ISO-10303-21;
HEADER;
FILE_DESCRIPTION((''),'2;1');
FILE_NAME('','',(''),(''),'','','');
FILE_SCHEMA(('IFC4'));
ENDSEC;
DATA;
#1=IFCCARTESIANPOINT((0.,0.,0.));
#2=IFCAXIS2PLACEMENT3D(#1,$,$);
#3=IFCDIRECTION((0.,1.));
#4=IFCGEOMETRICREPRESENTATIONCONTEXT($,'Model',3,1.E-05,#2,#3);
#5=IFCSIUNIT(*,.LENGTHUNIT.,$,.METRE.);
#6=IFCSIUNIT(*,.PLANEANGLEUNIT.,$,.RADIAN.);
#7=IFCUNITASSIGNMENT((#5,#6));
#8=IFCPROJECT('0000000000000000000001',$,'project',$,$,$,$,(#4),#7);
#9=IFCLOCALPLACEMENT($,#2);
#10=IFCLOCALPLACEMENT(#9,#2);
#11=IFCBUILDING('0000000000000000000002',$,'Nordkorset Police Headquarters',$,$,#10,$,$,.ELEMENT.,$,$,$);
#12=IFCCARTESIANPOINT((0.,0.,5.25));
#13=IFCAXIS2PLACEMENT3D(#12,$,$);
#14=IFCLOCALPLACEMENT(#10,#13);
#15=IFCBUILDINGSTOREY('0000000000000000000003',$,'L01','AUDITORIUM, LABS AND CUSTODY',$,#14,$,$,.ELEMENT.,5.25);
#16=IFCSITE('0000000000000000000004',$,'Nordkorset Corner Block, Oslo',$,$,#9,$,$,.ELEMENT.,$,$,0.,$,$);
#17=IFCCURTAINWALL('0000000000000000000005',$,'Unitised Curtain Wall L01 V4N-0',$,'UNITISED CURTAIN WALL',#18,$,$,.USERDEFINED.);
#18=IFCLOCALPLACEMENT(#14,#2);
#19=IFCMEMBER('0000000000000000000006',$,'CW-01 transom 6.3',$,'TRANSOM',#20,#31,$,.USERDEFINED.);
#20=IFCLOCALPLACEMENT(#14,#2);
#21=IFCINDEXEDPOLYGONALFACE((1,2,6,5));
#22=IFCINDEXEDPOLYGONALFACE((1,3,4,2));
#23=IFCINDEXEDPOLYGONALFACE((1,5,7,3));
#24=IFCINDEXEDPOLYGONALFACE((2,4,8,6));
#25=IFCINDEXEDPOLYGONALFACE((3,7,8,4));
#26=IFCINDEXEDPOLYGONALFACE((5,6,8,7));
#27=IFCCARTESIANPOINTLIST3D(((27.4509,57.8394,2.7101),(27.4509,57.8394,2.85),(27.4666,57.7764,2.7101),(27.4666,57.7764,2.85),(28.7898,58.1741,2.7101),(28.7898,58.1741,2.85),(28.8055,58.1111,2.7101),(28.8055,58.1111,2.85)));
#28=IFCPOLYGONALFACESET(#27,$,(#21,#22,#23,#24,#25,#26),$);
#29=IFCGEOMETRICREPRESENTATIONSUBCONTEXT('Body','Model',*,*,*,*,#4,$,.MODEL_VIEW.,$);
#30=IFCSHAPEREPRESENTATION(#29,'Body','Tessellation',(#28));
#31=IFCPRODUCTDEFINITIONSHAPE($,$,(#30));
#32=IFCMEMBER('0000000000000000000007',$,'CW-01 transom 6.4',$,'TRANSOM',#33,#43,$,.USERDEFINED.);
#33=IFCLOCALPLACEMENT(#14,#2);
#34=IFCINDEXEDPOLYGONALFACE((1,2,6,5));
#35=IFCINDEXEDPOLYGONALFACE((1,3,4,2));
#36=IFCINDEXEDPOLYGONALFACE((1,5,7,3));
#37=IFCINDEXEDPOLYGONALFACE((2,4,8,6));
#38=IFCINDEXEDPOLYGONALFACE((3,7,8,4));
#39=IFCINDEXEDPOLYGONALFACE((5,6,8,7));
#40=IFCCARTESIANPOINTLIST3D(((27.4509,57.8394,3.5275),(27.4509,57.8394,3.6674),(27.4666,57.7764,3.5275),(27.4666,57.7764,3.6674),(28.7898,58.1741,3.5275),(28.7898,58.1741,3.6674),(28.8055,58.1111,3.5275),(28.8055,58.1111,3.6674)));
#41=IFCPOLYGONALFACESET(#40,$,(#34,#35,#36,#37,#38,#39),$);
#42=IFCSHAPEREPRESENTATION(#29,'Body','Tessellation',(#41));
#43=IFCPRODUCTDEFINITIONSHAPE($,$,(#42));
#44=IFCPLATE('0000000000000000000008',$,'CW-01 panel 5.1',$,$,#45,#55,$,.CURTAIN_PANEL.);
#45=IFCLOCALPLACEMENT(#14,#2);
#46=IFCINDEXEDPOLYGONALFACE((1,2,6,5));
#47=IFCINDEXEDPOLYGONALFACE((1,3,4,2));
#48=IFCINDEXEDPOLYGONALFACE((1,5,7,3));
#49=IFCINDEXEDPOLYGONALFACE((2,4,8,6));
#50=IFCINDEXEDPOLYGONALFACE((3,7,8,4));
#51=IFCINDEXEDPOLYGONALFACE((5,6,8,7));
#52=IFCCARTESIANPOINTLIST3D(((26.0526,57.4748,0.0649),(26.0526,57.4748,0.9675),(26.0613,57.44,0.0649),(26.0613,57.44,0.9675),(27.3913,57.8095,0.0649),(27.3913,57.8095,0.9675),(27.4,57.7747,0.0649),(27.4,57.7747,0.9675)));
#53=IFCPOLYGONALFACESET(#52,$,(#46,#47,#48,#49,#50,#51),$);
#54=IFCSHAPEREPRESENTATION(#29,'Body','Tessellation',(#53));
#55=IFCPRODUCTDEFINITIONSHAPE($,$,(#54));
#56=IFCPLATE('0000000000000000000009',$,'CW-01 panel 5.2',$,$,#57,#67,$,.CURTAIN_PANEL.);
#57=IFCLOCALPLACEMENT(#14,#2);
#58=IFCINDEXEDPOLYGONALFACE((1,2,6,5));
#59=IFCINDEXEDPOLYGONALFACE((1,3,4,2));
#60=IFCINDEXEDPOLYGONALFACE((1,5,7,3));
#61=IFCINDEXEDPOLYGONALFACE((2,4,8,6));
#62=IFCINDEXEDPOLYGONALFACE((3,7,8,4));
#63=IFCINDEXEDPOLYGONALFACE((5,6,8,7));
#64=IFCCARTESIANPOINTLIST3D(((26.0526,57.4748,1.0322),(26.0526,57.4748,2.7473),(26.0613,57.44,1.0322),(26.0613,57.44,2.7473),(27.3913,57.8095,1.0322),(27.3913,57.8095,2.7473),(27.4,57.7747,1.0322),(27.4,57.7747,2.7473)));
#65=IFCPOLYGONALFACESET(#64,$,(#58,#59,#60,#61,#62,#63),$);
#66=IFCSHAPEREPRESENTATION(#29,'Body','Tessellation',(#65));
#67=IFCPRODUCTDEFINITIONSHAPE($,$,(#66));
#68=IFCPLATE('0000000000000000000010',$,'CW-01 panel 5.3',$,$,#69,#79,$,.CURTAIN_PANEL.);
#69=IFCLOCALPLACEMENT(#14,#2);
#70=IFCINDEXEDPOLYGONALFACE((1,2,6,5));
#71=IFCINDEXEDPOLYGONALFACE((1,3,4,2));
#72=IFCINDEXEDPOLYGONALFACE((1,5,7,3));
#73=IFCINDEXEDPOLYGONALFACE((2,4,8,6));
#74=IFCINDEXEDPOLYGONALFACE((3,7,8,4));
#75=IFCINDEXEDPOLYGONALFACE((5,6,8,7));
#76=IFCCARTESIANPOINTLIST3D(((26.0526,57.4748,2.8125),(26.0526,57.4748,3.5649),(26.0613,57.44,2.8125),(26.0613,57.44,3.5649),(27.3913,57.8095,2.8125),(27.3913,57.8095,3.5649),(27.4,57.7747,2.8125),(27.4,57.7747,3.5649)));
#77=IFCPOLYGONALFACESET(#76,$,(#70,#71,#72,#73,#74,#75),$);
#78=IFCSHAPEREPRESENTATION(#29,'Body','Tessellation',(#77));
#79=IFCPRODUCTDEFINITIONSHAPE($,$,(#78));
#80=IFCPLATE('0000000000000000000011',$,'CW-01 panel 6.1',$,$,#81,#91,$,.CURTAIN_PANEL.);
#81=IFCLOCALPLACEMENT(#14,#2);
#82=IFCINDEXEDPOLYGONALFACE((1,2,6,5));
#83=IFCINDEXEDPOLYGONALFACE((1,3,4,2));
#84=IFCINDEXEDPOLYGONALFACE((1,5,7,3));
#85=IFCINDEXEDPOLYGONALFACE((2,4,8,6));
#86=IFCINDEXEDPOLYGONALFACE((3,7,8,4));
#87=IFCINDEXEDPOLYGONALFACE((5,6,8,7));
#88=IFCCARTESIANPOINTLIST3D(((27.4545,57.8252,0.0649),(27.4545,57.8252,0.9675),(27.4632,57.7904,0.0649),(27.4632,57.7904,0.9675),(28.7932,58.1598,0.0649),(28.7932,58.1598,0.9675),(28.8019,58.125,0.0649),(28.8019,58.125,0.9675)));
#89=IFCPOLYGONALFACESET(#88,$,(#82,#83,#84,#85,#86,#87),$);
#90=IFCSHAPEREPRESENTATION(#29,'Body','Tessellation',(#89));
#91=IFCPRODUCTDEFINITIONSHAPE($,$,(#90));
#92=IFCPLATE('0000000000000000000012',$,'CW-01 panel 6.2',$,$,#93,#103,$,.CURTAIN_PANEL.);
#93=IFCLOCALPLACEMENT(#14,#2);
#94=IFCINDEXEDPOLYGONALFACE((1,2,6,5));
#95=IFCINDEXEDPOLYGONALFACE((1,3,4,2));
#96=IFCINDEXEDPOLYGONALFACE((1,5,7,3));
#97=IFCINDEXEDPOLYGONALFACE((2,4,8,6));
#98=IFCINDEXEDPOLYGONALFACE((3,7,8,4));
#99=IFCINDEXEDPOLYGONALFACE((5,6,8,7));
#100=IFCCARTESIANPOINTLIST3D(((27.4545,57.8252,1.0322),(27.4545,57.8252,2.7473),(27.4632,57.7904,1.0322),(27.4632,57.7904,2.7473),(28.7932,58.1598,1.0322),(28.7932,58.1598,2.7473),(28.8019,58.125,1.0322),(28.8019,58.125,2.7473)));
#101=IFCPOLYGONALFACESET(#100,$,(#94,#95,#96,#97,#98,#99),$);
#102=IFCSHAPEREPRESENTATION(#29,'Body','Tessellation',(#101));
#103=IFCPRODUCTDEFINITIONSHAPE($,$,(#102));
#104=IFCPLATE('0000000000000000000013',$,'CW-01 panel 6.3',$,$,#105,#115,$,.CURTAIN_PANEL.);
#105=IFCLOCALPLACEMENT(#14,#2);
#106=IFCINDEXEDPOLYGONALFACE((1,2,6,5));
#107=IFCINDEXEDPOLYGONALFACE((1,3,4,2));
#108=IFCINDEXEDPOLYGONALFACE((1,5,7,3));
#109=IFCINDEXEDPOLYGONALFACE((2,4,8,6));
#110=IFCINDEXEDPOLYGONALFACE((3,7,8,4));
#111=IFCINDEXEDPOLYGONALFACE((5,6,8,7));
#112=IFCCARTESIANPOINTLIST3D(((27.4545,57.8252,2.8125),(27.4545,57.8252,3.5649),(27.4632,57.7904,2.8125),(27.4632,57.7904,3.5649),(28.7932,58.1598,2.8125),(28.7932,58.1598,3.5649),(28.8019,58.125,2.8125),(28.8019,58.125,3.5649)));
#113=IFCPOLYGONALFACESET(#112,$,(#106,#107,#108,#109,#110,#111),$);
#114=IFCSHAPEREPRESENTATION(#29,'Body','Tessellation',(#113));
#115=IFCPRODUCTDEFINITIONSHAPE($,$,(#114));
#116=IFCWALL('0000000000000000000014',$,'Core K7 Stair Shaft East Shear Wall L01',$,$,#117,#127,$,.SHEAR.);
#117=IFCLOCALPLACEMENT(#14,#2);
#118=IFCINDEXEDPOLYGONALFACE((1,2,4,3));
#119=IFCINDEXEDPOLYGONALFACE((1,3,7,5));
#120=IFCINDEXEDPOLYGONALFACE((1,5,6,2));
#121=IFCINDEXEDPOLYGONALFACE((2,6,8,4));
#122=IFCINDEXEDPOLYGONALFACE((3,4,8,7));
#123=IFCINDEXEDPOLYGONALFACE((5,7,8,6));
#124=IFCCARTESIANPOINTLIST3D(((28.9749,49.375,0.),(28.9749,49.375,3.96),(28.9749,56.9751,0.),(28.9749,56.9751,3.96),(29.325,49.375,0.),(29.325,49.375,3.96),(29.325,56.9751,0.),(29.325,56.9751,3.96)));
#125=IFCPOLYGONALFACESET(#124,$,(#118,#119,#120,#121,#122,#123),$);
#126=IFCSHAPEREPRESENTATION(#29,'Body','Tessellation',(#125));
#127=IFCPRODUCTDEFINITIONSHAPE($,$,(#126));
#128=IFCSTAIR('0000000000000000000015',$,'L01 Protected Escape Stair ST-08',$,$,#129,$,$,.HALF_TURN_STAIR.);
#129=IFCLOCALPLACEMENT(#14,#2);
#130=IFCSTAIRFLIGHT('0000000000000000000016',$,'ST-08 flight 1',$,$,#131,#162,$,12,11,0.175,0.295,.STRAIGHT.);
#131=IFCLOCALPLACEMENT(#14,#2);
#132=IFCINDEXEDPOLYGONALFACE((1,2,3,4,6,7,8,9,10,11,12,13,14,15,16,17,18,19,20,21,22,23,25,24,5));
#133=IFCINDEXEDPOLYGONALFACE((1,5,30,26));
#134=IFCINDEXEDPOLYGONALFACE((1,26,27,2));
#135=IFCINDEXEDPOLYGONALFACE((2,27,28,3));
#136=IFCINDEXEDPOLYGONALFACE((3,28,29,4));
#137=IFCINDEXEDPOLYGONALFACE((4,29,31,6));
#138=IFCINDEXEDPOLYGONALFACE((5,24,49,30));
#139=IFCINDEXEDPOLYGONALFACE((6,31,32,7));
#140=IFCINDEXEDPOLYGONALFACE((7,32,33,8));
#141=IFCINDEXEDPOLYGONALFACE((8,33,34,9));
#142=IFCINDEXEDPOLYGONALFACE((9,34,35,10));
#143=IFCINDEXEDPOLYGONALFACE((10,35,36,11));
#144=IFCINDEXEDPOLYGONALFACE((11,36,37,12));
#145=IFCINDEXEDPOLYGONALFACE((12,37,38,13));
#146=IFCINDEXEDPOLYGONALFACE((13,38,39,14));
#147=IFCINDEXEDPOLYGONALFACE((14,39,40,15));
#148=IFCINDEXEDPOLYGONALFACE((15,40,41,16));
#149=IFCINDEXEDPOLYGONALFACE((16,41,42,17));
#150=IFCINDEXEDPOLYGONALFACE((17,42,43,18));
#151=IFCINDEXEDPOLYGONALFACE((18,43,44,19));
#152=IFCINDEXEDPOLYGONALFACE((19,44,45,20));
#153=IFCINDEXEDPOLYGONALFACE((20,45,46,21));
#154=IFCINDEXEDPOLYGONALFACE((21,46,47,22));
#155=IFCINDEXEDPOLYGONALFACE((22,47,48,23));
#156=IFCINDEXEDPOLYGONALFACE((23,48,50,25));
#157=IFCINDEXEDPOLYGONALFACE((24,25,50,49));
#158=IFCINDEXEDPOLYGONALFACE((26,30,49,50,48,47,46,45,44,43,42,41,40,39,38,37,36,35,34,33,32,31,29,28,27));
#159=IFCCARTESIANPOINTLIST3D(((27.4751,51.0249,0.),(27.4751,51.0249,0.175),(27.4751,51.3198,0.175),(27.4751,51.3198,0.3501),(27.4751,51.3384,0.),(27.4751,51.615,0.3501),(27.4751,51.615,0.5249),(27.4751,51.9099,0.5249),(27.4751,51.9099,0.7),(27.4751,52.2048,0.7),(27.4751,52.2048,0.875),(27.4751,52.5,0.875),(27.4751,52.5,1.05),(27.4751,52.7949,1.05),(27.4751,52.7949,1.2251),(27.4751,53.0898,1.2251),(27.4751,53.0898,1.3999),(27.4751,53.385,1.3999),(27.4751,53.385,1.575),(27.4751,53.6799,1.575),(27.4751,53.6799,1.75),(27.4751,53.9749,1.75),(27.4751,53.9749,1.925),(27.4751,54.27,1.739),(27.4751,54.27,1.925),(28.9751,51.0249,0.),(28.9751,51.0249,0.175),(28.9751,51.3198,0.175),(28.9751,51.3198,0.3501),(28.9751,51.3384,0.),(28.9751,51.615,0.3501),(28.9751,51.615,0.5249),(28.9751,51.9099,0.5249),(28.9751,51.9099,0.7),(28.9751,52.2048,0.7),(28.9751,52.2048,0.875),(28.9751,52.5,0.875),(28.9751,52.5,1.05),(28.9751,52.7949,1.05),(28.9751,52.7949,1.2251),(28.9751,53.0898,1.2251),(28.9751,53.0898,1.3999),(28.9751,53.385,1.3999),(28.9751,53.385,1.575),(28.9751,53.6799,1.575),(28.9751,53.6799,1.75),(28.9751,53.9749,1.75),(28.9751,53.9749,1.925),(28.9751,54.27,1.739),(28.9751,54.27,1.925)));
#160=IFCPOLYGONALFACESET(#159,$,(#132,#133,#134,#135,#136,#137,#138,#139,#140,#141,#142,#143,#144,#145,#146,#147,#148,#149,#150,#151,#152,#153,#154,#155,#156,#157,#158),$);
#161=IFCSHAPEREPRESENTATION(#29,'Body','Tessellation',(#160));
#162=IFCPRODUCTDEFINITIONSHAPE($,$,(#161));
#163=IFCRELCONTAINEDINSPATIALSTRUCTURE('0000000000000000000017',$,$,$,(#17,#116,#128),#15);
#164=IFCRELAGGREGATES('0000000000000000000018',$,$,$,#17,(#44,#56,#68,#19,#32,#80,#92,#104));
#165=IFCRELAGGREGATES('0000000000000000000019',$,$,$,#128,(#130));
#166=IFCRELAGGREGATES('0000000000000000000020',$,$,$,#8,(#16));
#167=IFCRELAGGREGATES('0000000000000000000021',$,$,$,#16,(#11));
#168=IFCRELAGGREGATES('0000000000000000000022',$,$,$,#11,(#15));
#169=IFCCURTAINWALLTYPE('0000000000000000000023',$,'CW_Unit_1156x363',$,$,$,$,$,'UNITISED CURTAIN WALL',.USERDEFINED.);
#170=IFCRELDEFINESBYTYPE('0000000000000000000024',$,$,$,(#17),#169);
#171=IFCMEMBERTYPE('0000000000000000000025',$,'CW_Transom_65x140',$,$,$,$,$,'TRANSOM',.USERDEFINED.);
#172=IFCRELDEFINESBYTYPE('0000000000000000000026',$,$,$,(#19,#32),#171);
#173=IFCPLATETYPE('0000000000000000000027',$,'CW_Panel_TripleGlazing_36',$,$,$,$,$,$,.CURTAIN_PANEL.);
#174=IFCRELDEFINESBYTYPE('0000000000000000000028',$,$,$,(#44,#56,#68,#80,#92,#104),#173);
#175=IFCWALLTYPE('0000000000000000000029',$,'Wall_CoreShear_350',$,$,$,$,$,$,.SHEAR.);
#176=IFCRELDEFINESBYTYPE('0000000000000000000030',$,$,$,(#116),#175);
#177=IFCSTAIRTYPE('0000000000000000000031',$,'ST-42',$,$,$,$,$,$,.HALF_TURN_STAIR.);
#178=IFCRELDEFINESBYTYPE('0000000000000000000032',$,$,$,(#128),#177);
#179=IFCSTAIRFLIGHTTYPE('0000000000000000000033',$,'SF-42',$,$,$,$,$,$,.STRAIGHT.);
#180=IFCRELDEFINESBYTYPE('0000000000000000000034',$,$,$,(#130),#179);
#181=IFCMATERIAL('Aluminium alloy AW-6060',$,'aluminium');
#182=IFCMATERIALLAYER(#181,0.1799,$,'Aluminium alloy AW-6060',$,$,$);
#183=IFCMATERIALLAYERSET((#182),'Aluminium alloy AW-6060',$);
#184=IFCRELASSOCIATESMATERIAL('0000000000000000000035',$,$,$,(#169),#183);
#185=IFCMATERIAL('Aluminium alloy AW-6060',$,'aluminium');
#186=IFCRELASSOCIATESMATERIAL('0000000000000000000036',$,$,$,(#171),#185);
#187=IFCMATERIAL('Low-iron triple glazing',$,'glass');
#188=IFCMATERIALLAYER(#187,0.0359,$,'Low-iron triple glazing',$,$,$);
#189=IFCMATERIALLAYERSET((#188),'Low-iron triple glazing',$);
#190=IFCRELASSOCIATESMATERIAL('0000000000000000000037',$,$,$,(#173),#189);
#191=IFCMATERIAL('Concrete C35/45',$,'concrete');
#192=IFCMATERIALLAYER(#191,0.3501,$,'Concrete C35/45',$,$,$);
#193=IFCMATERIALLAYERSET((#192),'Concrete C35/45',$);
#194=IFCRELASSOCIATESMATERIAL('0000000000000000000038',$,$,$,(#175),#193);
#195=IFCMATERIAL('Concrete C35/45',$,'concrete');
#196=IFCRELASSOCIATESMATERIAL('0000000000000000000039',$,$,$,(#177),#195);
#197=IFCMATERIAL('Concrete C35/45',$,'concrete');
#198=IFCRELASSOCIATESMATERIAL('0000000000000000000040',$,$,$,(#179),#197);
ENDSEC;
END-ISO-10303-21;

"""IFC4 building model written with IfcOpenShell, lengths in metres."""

from ifc_helpers import new_model, si_unit, direction, frame, frame_2d, origin, origin_2d, place, context, subcontext, project, spatial, polyline, rectangle, outline, extrude, material, layer, layer_set, material_profile, profile_set, type_object, element, aggregate, save


model = new_model("IFC4")

# Units and contexts
model_context = context("Model", 3, precision=1e-05, world=origin(), true_north=direction((0.0, 1.0)))
body_context = subcontext(model_context, "Body", "Model", "MODEL_VIEW")
ifc_project = project(units=[si_unit("LENGTHUNIT", "METRE"), si_unit("PLANEANGLEUNIT", "RADIAN")], contexts=[model_context])

# Site, building, storey
site_placement = place(None, origin())
site = spatial("IfcSite", under=ifc_project, at=site_placement, Name="Nordkorset Corner Block, Oslo", CompositionType="ELEMENT", RefElevation=0.0)
building_placement = place(site_placement, origin())
building = spatial("IfcBuilding", under=site, at=building_placement, Name="Nordkorset Police Headquarters", CompositionType="ELEMENT")
storey_placement = place(building_placement, frame((0.0, 0.0, 5.25)))
storey = spatial("IfcBuildingStorey", under=building, at=storey_placement, Name="L01", Description="AUDITORIUM, LABS AND CUSTODY", CompositionType="ELEMENT", Elevation=5.25)

# Curtain wall, members, plates
ifc_material_1 = material(Name="Aluminium alloy AW-6060", Category="aluminium")
ifc_layer_1 = layer(ifc_material_1, 0.1799, Name="Aluminium alloy AW-6060")
ifc_layer_set_1 = layer_set([ifc_layer_1], Name="Aluminium alloy AW-6060")
curtain_wall_type = type_object("IfcCurtainWallType", Name="CW_Unit_1156x363", ElementType="UNITISED CURTAIN WALL", PredefinedType="USERDEFINED", material=ifc_layer_set_1)
curtain_wall_placement = place(storey_placement, origin())
curtain_wall = element("IfcCurtainWall", 1, at=curtain_wall_placement, inside=storey, type_object=curtain_wall_type, Name="Unitised Curtain Wall L01 V4N-0", ObjectType="UNITISED CURTAIN WALL", PredefinedType="USERDEFINED")
ifc_material_2 = material(Name="Aluminium alloy AW-6060", Category="aluminium")
ifc_material_profile_1 = material_profile(ifc_material_2, rectangle(XDim=0.0649, YDim=0.1399, at=origin_2d()), Name="ALU TRAN 65x140")
ifc_profile_set_1 = profile_set([ifc_material_profile_1], Name="Aluminium alloy AW-6060")
member_type_1 = type_object("IfcMemberType", Name="CW_Transom_65x140", ElementType="TRANSOM", PredefinedType="USERDEFINED", material=ifc_profile_set_1)
member_1_placement = place(storey_placement, frame((27.4587, 57.8079, 2.78), z_axis=(0.970143, 0.242536, 0.0), x_axis=(-0.242536, 0.970143, 0.0)))
member_1 = element("IfcMember", 2, at=member_1_placement, type_object=member_type_1, Name="CW-01 transom 6.3", ObjectType="TRANSOM", PredefinedType="USERDEFINED", context=body_context, shape_type="SweptSolid", body=[
    extrude(rectangle(XDim=0.0649, YDim=0.1399, at=origin_2d()), origin(), (0.0, 0.0, 1.0), 1.3801),
])
member_2_placement = place(storey_placement, frame((27.4587, 57.8079, 3.5974), z_axis=(0.970143, 0.242536, 0.0), x_axis=(-0.242536, 0.970143, 0.0)))
member_2 = element("IfcMember", 3, at=member_2_placement, type_object=member_type_1, Name="CW-01 transom 6.4", ObjectType="TRANSOM", PredefinedType="USERDEFINED", context=body_context, shape_type="SweptSolid", body=[
    extrude(rectangle(XDim=0.0649, YDim=0.1399, at=origin_2d()), origin(), (0.0, 0.0, 1.0), 1.3801),
])
ifc_material_3 = material(Name="Low-iron triple glazing", Category="glass")
ifc_layer_2 = layer(ifc_material_3, 0.0359, Name="Low-iron triple glazing")
ifc_layer_set_2 = layer_set([ifc_layer_2], Name="Low-iron triple glazing")
plate_type = type_object("IfcPlateType", Name="CW_Panel_TripleGlazing_36", PredefinedType="CURTAIN_PANEL", material=ifc_layer_set_2)
plate_1_placement = place(storey_placement, frame((26.7263, 57.6248, 0.0649), z_axis=(0.0, 0.0, 1.0), x_axis=(0.970142, 0.242536, 0.0)))
plate_1 = element("IfcPlate", 4, at=plate_1_placement, type_object=plate_type, Name="CW-01 panel 5.1", PredefinedType="CURTAIN_PANEL", context=body_context, shape_type="SweptSolid", body=[
    extrude(rectangle(XDim=1.3799, YDim=0.0359, at=origin_2d()), origin(), (0.0, 0.0, 1.0), 0.9026),
])
plate_2_placement = place(storey_placement, frame((26.7263, 57.6248, 1.0322), z_axis=(0.0, 0.0, 1.0), x_axis=(0.970142, 0.242536, 0.0)))
plate_2 = element("IfcPlate", 5, at=plate_2_placement, type_object=plate_type, Name="CW-01 panel 5.2", PredefinedType="CURTAIN_PANEL", context=body_context, shape_type="SweptSolid", body=[
    extrude(rectangle(XDim=1.3799, YDim=0.0359, at=origin_2d()), origin(), (0.0, 0.0, 1.0), 1.7151),
])
plate_3_placement = place(storey_placement, frame((26.7263, 57.6248, 2.8125), z_axis=(0.0, 0.0, 1.0), x_axis=(0.970142, 0.242536, 0.0)))
plate_3 = element("IfcPlate", 6, at=plate_3_placement, type_object=plate_type, Name="CW-01 panel 5.3", PredefinedType="CURTAIN_PANEL", context=body_context, shape_type="SweptSolid", body=[
    extrude(rectangle(XDim=1.3799, YDim=0.0359, at=origin_2d()), origin(), (0.0, 0.0, 1.0), 0.7524),
])
plate_4_placement = place(storey_placement, frame((28.1282, 57.9751, 0.0649), z_axis=(0.0, 0.0, 1.0), x_axis=(0.970142, 0.242536, 0.0)))
plate_4 = element("IfcPlate", 7, at=plate_4_placement, type_object=plate_type, Name="CW-01 panel 6.1", PredefinedType="CURTAIN_PANEL", context=body_context, shape_type="SweptSolid", body=[
    extrude(rectangle(XDim=1.3799, YDim=0.0359, at=origin_2d()), origin(), (0.0, 0.0, 1.0), 0.9026),
])
plate_5_placement = place(storey_placement, frame((28.1282, 57.9751, 1.0322), z_axis=(0.0, 0.0, 1.0), x_axis=(0.970142, 0.242536, 0.0)))
plate_5 = element("IfcPlate", 8, at=plate_5_placement, type_object=plate_type, Name="CW-01 panel 6.2", PredefinedType="CURTAIN_PANEL", context=body_context, shape_type="SweptSolid", body=[
    extrude(rectangle(XDim=1.3799, YDim=0.0359, at=origin_2d()), origin(), (0.0, 0.0, 1.0), 1.7151),
])
plate_6_placement = place(storey_placement, frame((28.1282, 57.9751, 2.8125), z_axis=(0.0, 0.0, 1.0), x_axis=(0.970142, 0.242536, 0.0)))
plate_6 = element("IfcPlate", 9, at=plate_6_placement, type_object=plate_type, Name="CW-01 panel 6.3", PredefinedType="CURTAIN_PANEL", context=body_context, shape_type="SweptSolid", body=[
    extrude(rectangle(XDim=1.3799, YDim=0.0359, at=origin_2d()), origin(), (0.0, 0.0, 1.0), 0.7524),
])
aggregate(curtain_wall, [plate_1, plate_2, plate_3, member_1, member_2, plate_4, plate_5, plate_6])

# Wall
ifc_material_4 = material(Name="Concrete C35/45", Category="concrete")
ifc_layer_3 = layer(ifc_material_4, 0.3501, Name="Concrete C35/45")
ifc_layer_set_3 = layer_set([ifc_layer_3], Name="Concrete C35/45")
wall_type = type_object("IfcWallType", Name="Wall_CoreShear_350", PredefinedType="SHEAR", material=ifc_layer_set_3)
wall_placement = place(storey_placement, frame((29.1499, 49.375, 0.0), z_axis=(0.0, 0.0, 1.0), x_axis=(0.0, 1.0, 0.0)))
element("IfcWall", 10, at=wall_placement, inside=storey, type_object=wall_type, Name="Core K7 Stair Shaft East Shear Wall L01", PredefinedType="SHEAR", context=body_context, shape_type="SweptSolid", body=[
    extrude(rectangle(XDim=7.6001, YDim=0.3501, at=frame_2d((3.8, 0.0))), origin(), (0.0, 0.0, 1.0), 3.96),
])

# Stair, stair flight
ifc_material_5 = material(Name="Concrete C35/45", Category="concrete")
stair_type = type_object("IfcStairType", Name="ST-42", PredefinedType="HALF_TURN_STAIR", material=ifc_material_5)
stair_placement = place(storey_placement, origin())
stair = element("IfcStair", 11, at=stair_placement, inside=storey, type_object=stair_type, Name="L01 Protected Escape Stair ST-08", PredefinedType="HALF_TURN_STAIR")
ifc_material_6 = material(Name="Concrete C35/45", Category="concrete")
stair_flight_type = type_object("IfcStairFlightType", Name="SF-42", PredefinedType="STRAIGHT", material=ifc_material_6)
stair_flight_1_placement = place(storey_placement, frame((28.2251, 51.0249, 0.0), z_axis=(0.0, 0.0, 1.0), x_axis=(0.0, 1.0, 0.0)))
stair_flight_1 = element("IfcStairFlight", 12, at=stair_flight_1_placement, type_object=stair_flight_type, Name="ST-08 flight 1", NumberOfRisers=12, NumberOfTreads=11, PredefinedType="STRAIGHT", RiserHeight=0.175, TreadLength=0.295, context=body_context, shape_type="SweptSolid", body=[
    extrude(outline(polyline([(0.0, 0.0), (0.0, 0.175), (0.2949, 0.175), (0.2949, 0.3501), (0.5901, 0.3501), (0.5901, 0.5249), (0.885, 0.5249), (0.885, 0.7), (1.1799, 0.7), (1.1799, 0.875), (1.4751, 0.875), (1.4751, 1.05), (1.77, 1.05), (1.77, 1.2251), (2.0649, 1.2251), (2.0649, 1.3999), (2.3601, 1.3999), (2.3601, 1.575), (2.655, 1.575), (2.655, 1.75), (2.95, 1.75), (2.95, 1.925), (3.2451, 1.925), (3.2451, 2.1001), (3.2451, 1.739), (0.3135, 0.0), (0.0, 0.0)])), frame((0.0, 0.75, 0.0), z_axis=(0.0, -1.0, 0.0), x_axis=(1.0, 0.0, 0.0)), (0.0, 0.0, 1.0), 1.5),
])
aggregate(stair, [stair_flight_1])

save(model, "model.ifc")
